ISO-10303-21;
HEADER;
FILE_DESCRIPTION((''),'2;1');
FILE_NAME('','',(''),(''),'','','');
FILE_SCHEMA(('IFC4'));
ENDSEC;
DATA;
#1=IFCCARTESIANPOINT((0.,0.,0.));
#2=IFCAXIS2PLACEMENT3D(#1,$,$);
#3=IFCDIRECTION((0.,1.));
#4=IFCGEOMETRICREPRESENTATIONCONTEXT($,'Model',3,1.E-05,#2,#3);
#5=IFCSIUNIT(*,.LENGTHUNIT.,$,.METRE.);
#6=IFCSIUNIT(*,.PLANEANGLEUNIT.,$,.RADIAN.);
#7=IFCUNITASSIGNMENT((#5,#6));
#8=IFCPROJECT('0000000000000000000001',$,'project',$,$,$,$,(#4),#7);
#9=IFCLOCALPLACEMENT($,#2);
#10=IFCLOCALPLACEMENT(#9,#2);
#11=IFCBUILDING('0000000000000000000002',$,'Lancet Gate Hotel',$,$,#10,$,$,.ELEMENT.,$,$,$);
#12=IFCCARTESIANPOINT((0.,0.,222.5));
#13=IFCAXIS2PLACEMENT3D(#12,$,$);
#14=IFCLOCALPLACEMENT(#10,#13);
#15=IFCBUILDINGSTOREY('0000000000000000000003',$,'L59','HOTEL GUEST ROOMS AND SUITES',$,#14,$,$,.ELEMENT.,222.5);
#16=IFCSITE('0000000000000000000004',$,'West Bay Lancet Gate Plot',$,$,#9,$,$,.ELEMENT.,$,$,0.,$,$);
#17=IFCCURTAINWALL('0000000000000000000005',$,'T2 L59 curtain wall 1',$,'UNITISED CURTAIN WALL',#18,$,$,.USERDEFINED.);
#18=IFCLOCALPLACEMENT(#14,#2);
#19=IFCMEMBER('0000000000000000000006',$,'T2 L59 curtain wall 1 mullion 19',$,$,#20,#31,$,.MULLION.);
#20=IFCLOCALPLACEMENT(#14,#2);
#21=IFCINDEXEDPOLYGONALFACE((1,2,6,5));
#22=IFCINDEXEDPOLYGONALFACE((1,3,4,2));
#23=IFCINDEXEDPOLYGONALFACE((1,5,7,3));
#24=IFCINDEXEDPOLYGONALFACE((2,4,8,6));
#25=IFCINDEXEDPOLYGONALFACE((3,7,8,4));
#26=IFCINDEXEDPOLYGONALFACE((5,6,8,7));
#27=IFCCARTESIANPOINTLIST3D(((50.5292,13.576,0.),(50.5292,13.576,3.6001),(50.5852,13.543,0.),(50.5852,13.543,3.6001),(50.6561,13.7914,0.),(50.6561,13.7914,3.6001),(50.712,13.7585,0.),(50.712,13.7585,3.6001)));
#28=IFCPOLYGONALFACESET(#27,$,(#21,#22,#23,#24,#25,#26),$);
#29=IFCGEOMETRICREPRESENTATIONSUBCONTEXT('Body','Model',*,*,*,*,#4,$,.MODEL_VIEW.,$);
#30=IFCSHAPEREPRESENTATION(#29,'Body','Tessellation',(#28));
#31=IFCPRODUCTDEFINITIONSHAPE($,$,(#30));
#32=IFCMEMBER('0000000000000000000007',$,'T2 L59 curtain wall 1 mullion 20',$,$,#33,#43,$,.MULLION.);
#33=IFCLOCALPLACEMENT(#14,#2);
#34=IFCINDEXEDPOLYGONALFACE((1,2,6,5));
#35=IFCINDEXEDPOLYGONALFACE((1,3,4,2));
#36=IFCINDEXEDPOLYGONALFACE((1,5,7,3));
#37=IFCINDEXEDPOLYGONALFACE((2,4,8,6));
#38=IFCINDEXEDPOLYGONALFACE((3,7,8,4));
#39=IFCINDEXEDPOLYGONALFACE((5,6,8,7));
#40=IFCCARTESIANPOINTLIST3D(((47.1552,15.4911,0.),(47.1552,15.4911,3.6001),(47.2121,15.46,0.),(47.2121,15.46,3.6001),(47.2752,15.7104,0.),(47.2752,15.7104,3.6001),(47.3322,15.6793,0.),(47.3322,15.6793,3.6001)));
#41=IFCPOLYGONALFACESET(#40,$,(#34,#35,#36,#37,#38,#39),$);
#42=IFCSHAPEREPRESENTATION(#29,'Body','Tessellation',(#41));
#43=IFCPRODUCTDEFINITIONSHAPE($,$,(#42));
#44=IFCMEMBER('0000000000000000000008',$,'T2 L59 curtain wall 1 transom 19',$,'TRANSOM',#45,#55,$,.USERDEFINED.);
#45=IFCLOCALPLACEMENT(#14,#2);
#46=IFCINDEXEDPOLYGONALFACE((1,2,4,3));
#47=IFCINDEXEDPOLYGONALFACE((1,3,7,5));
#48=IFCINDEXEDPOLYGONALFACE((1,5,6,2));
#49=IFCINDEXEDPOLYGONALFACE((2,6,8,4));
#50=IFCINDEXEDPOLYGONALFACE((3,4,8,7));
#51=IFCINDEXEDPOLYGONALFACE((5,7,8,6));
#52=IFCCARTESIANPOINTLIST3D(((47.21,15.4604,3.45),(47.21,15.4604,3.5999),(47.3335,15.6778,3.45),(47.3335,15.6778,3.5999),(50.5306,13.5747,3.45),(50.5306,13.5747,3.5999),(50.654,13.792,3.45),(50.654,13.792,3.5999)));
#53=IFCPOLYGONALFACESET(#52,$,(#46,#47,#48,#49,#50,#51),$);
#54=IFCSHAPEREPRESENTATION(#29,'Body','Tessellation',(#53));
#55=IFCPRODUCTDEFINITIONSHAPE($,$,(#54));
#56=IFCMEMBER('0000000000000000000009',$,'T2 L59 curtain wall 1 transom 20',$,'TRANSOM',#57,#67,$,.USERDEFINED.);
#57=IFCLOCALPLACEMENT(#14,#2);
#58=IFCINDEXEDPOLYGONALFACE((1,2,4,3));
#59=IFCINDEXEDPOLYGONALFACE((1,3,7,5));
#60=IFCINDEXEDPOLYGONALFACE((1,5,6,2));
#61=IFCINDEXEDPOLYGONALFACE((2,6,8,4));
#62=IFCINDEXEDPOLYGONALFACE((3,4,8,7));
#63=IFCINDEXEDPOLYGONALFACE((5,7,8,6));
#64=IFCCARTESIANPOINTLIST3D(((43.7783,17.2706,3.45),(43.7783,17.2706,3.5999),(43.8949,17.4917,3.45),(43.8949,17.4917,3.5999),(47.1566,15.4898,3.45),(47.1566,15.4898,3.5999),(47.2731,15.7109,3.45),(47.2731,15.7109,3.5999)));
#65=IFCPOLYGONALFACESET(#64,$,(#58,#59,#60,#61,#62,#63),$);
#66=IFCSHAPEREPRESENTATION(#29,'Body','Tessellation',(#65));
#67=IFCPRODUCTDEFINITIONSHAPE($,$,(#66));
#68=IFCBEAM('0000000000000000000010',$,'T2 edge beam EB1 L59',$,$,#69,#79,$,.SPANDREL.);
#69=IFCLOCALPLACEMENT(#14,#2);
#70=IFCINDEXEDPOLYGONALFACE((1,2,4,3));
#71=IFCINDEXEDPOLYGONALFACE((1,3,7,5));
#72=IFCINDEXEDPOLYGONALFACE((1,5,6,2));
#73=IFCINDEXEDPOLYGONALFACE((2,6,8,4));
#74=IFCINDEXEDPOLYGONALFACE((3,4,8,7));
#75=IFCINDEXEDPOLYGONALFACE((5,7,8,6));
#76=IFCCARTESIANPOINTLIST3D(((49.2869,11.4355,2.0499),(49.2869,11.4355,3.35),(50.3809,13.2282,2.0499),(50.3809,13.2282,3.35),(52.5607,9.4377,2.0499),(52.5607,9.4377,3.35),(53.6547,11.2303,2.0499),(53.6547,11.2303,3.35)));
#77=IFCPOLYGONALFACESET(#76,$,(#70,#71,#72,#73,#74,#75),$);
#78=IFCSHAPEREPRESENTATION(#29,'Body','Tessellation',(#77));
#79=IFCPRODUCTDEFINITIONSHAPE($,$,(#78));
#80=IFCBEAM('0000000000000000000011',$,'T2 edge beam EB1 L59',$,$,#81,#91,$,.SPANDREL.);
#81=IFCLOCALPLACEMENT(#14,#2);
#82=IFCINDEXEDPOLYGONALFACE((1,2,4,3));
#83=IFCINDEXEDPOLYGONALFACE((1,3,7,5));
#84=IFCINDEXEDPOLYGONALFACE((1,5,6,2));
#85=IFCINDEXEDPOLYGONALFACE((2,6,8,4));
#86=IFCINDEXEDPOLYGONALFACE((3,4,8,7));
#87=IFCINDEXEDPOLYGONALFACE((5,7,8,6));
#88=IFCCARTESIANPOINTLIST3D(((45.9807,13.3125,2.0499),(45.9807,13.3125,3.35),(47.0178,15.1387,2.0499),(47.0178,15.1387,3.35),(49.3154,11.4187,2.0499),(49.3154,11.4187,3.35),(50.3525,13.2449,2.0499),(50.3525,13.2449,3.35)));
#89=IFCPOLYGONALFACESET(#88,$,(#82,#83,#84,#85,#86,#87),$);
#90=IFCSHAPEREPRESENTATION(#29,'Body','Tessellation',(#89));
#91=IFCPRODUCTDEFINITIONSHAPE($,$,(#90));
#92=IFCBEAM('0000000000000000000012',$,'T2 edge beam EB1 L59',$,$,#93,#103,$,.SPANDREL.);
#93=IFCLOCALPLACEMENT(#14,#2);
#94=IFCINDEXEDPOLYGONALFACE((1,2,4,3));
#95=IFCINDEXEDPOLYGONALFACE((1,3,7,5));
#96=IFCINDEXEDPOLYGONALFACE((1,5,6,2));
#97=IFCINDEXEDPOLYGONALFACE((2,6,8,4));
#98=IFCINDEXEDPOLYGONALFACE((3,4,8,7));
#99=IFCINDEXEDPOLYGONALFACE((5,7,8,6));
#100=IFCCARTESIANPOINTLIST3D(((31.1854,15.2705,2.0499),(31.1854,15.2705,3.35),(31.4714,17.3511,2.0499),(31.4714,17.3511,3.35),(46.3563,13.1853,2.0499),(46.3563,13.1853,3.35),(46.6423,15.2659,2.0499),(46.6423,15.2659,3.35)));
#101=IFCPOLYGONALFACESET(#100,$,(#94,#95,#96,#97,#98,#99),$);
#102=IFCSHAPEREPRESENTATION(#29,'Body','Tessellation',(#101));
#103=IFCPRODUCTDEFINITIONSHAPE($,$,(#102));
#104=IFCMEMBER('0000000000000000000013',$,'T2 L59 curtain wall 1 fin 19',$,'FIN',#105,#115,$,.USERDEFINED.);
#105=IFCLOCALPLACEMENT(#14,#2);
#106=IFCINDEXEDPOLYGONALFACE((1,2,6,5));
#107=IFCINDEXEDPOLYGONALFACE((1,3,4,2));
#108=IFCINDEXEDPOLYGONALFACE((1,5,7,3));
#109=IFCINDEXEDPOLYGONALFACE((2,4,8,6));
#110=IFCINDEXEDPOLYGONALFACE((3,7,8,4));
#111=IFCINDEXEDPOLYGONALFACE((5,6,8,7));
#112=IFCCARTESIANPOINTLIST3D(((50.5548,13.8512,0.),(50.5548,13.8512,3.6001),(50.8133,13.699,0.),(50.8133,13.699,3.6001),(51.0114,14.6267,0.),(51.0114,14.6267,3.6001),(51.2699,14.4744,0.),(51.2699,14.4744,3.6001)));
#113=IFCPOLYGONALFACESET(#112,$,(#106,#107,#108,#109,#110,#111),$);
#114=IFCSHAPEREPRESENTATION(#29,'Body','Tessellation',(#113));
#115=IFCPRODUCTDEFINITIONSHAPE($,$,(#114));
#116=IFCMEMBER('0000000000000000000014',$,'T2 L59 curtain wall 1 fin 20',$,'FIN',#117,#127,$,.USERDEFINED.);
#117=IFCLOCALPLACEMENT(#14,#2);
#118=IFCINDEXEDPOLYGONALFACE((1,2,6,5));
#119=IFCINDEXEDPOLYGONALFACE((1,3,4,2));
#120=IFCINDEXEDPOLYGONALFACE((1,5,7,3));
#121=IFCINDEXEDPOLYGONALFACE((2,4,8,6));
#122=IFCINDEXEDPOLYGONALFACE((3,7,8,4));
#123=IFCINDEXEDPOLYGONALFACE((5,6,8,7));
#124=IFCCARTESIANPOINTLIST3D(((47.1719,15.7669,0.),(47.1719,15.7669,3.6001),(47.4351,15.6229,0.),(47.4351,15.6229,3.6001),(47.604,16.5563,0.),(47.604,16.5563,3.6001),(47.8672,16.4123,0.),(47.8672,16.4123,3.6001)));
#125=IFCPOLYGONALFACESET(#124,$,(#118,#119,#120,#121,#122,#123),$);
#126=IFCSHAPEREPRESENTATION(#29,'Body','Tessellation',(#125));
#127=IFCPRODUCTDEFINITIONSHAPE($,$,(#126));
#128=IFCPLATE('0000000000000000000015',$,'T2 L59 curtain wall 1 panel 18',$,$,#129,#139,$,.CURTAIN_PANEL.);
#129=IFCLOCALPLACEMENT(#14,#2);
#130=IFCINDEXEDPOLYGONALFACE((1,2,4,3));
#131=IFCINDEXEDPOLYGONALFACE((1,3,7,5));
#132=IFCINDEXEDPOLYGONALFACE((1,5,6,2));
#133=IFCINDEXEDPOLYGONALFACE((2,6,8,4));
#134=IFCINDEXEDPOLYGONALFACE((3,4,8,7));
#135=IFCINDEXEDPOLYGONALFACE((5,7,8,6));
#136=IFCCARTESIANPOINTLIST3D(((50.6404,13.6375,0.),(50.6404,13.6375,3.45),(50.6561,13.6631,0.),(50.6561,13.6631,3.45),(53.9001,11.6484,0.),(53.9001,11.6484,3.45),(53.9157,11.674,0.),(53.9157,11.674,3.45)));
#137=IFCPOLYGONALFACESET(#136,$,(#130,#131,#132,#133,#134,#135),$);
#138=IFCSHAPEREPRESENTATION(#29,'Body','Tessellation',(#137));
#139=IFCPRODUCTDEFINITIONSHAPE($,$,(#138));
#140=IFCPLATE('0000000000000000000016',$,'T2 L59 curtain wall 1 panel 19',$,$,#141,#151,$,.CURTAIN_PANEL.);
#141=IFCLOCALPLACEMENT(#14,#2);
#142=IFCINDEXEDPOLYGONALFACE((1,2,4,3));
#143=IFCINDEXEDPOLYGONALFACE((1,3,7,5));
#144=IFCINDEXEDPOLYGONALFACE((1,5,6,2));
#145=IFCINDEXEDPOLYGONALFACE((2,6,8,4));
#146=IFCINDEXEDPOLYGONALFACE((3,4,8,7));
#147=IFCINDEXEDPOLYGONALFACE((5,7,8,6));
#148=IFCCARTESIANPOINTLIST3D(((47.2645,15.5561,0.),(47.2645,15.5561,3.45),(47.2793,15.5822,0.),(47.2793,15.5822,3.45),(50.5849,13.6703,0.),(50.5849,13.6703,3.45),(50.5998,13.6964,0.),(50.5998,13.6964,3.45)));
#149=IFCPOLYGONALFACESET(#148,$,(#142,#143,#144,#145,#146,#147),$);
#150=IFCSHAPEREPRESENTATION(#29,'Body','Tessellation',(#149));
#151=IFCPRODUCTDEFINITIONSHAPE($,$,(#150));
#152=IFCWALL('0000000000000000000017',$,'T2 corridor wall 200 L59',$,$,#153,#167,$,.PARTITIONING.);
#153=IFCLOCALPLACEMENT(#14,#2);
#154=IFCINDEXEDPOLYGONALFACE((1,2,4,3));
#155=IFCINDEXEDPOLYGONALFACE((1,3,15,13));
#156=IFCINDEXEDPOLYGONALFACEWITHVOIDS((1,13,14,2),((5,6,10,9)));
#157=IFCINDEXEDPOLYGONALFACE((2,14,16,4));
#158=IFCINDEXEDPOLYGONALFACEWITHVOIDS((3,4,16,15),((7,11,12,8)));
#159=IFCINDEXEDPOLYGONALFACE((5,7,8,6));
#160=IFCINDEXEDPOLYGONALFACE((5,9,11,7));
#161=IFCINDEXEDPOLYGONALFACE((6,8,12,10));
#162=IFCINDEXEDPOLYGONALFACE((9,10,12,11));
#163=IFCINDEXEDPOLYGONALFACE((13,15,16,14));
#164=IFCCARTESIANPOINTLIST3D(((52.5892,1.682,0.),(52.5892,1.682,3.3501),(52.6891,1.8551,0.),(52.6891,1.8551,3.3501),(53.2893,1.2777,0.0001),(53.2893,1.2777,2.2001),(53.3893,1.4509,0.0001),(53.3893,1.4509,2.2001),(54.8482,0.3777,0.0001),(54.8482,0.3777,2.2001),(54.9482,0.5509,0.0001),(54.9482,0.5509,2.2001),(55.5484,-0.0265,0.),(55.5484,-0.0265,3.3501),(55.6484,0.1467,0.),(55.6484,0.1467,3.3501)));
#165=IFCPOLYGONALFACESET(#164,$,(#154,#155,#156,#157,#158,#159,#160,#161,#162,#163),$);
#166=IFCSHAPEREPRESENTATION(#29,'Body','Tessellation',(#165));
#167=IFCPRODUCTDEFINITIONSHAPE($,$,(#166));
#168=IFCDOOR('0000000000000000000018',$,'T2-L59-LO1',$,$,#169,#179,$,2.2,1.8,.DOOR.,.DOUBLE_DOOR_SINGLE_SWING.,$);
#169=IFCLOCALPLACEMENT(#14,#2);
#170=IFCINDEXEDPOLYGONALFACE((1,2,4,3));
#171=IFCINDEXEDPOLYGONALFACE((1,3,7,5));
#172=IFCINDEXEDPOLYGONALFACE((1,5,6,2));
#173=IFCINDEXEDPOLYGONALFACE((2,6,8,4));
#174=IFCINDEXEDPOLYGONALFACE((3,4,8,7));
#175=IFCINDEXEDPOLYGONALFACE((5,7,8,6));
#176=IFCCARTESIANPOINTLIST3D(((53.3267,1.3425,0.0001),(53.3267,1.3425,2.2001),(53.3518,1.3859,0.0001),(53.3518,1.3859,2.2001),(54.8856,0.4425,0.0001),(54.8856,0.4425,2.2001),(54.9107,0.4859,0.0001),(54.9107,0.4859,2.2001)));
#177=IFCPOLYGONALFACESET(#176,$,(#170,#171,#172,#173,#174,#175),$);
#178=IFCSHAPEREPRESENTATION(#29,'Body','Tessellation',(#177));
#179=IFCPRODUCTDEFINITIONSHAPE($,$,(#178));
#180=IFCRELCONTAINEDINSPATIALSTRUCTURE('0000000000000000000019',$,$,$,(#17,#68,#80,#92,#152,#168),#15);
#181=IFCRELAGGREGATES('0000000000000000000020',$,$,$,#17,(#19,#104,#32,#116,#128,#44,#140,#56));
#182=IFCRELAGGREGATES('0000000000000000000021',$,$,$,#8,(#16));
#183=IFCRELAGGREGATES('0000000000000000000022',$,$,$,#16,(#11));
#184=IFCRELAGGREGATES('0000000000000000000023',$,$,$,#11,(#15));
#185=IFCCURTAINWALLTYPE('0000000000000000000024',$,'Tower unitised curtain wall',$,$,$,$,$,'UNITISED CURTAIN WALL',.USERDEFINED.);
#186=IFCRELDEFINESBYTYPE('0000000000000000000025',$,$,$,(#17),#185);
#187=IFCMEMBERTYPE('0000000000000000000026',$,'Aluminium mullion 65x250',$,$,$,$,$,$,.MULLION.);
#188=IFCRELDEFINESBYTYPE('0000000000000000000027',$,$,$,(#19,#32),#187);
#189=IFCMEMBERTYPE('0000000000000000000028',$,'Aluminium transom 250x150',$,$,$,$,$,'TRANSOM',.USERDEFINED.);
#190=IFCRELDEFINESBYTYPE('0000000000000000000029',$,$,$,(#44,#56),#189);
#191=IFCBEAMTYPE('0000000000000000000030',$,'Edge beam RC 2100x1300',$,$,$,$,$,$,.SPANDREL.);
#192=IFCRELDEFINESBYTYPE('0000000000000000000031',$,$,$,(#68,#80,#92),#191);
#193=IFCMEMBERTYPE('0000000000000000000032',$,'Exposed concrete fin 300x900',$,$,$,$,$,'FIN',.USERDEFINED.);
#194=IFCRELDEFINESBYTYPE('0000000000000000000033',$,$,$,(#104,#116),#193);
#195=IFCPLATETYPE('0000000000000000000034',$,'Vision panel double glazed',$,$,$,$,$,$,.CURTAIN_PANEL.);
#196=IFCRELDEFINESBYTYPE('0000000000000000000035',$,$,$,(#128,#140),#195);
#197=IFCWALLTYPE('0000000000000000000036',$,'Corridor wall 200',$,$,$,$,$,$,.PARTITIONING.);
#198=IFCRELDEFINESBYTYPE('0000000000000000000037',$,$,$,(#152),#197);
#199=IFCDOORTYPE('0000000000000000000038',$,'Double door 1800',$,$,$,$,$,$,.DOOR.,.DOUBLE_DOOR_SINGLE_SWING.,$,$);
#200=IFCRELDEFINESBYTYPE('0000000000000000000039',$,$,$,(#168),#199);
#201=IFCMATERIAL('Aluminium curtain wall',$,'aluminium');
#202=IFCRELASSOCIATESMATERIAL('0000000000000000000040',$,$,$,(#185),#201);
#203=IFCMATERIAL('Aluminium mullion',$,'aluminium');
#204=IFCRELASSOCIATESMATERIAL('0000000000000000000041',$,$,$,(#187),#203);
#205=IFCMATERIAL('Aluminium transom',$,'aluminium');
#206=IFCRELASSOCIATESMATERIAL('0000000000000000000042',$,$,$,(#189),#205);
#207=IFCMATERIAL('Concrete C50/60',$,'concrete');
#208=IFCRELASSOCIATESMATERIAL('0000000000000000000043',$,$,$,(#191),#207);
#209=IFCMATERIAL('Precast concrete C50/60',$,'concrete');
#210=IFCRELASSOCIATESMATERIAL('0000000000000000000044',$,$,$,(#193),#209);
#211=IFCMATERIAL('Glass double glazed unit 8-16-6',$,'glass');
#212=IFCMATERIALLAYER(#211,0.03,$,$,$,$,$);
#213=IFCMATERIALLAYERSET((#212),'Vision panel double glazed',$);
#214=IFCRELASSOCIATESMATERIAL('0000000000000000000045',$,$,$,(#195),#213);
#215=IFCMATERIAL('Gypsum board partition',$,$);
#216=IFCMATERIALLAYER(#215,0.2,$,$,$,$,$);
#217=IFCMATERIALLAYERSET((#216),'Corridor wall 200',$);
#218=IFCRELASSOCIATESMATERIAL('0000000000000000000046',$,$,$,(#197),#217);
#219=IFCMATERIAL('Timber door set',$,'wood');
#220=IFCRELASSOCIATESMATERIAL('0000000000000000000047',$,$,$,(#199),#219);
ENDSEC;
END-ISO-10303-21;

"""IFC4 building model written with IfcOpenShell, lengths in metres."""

from ifc_helpers import new_model, si_unit, direction, frame, frame_2d, origin, origin_2d, place, context, subcontext, project, spatial, rectangle, extrude, material, layer, layer_set, material_profile, profile_set, type_object, element, fill, aggregate, save


model = new_model("IFC4")

# Units and contexts
model_context = context("Model", 3, precision=1e-05, world=origin(), true_north=direction((0.0, 1.0)))
body_context = subcontext(model_context, "Body", "Model", "MODEL_VIEW")
ifc_project = project(units=[si_unit("LENGTHUNIT", "METRE"), si_unit("PLANEANGLEUNIT", "RADIAN")], contexts=[model_context])

# Site, building, storey
site_placement = place(None, origin())
site = spatial("IfcSite", under=ifc_project, at=site_placement, Name="West Bay Lancet Gate Plot", CompositionType="ELEMENT", RefElevation=0.0)
building_placement = place(site_placement, origin())
building = spatial("IfcBuilding", under=site, at=building_placement, Name="Lancet Gate Hotel", CompositionType="ELEMENT")
storey_placement = place(building_placement, frame((0.0, 0.0, 222.5)))
storey = spatial("IfcBuildingStorey", under=building, at=storey_placement, Name="L59", Description="HOTEL GUEST ROOMS AND SUITES", CompositionType="ELEMENT", Elevation=222.5)

# Curtain wall, members
ifc_material_1 = material(Name="Aluminium curtain wall", Category="aluminium")
curtain_wall_type = type_object("IfcCurtainWallType", Name="Tower unitised curtain wall", ElementType="UNITISED CURTAIN WALL", PredefinedType="USERDEFINED", material=ifc_material_1)
curtain_wall_placement = place(storey_placement, origin())
curtain_wall = element("IfcCurtainWall", 1, at=curtain_wall_placement, inside=storey, type_object=curtain_wall_type, Name="T2 L59 curtain wall 1", ObjectType="UNITISED CURTAIN WALL", PredefinedType="USERDEFINED")
ifc_material_2 = material(Name="Aluminium mullion", Category="aluminium")
ifc_material_profile_1 = material_profile(ifc_material_2, rectangle(XDim=0.0649, YDim=0.25, at=origin_2d()), Name="MULLION 65x250")
ifc_profile_set_1 = profile_set([ifc_material_profile_1], Name="Aluminium mullion")
member_type_1 = type_object("IfcMemberType", Name="Aluminium mullion 65x250", PredefinedType="MULLION", material=ifc_profile_set_1)
member_1_placement = place(storey_placement, frame((50.6206, 13.6672, 0.0), z_axis=(0.0, 0.0, 1.0), x_axis=(-0.861692, 0.507432, 0.0)))
member_1 = element("IfcMember", 2, at=member_1_placement, type_object=member_type_1, Name="T2 L59 curtain wall 1 mullion 19", PredefinedType="MULLION", context=body_context, shape_type="SweptSolid", body=[
    extrude(rectangle(XDim=0.0649, YDim=0.25, at=origin_2d()), origin(), (0.0, 0.0, 1.0), 3.6001),
])
member_2_placement = place(storey_placement, frame((47.2437, 15.5852, 0.0), z_axis=(0.0, 0.0, 1.0), x_axis=(-0.877195, 0.480135, 0.0)))
member_2 = element("IfcMember", 3, at=member_2_placement, type_object=member_type_1, Name="T2 L59 curtain wall 1 mullion 20", PredefinedType="MULLION", context=body_context, shape_type="SweptSolid", body=[
    extrude(rectangle(XDim=0.0649, YDim=0.25, at=origin_2d()), origin(), (0.0, 0.0, 1.0), 3.6001),
])
ifc_material_3 = material(Name="Aluminium transom", Category="aluminium")
ifc_material_profile_2 = material_profile(ifc_material_3, rectangle(XDim=0.25, YDim=0.1499, at=origin_2d()), Name="TRANSOM 250x150")
ifc_profile_set_2 = profile_set([ifc_material_profile_2], Name="Aluminium transom")
member_type_2 = type_object("IfcMemberType", Name="Aluminium transom 250x150", ElementType="TRANSOM", PredefinedType="USERDEFINED", material=ifc_profile_set_2)
member_3_placement = place(storey_placement, frame((50.5923, 13.6833, 3.5249), z_axis=(-0.869562, 0.493824, 0.0), x_axis=(-0.493824, -0.869562, 0.0)))
member_3 = element("IfcMember", 4, at=member_3_placement, type_object=member_type_2, Name="T2 L59 curtain wall 1 transom 19", ObjectType="TRANSOM", PredefinedType="USERDEFINED", context=body_context, shape_type="SweptSolid", body=[
    extrude(rectangle(XDim=0.25, YDim=0.1499, at=origin_2d()), origin(), (0.0, 0.0, 1.0), 3.8186),
])
member_4_placement = place(storey_placement, frame((47.2148, 15.6003, 3.5249), z_axis=(-0.884618, 0.466315, 0.0), x_axis=(-0.466315, -0.884618, 0.0)))
member_4 = element("IfcMember", 5, at=member_4_placement, type_object=member_type_2, Name="T2 L59 curtain wall 1 transom 20", ObjectType="TRANSOM", PredefinedType="USERDEFINED", context=body_context, shape_type="SweptSolid", body=[
    extrude(rectangle(XDim=0.25, YDim=0.1499, at=origin_2d()), origin(), (0.0, 0.0, 1.0), 3.8188),
])

# Beams
ifc_material_4 = material(Name="Concrete C50/60", Category="concrete")
ifc_material_profile_3 = material_profile(ifc_material_4, rectangle(XDim=2.1001, YDim=1.3, at=origin_2d()), Name="RC 2100x1300")
ifc_profile_set_3 = profile_set([ifc_material_profile_3], Name="Concrete C50/60")
beam_type = type_object("IfcBeamType", Name="Edge beam RC 2100x1300", PredefinedType="SPANDREL", material=ifc_profile_set_3)
beam_1_placement = place(storey_placement, frame((53.1077, 10.334, 2.7), z_axis=(-0.853604, 0.520922, 0.0), x_axis=(-0.520922, -0.853604, 0.0)))
element("IfcBeam", 6, at=beam_1_placement, inside=storey, type_object=beam_type, Name="T2 edge beam EB1 L59", PredefinedType="SPANDREL", context=body_context, shape_type="SweptSolid", body=[
    extrude(rectangle(XDim=2.1001, YDim=1.3, at=origin_2d()), origin(), (0.0, 0.0, 1.0), 3.8352),
])
beam_2_placement = place(storey_placement, frame((49.834, 12.3318, 2.7), z_axis=(-0.86956, 0.493827, 0.0), x_axis=(-0.493827, -0.86956, 0.0)))
element("IfcBeam", 7, at=beam_2_placement, inside=storey, type_object=beam_type, Name="T2 edge beam EB1 L59", PredefinedType="SPANDREL", context=body_context, shape_type="SweptSolid", body=[
    extrude(rectangle(XDim=2.1001, YDim=1.3, at=origin_2d()), origin(), (0.0, 0.0, 1.0), 3.835),
])
beam_3_placement = place(storey_placement, frame((46.4993, 14.2256, 2.7), z_axis=(-0.990686, 0.136167, 0.0), x_axis=(-0.136167, -0.990686, 0.0)))
element("IfcBeam", 8, at=beam_3_placement, inside=storey, type_object=beam_type, Name="T2 edge beam EB1 L59", PredefinedType="SPANDREL", context=body_context, shape_type="SweptSolid", body=[
    extrude(rectangle(XDim=2.1001, YDim=1.3, at=origin_2d()), origin(), (0.0, 0.0, 1.0), 15.3135),
])

# Members
ifc_material_5 = material(Name="Precast concrete C50/60", Category="concrete")
ifc_material_profile_4 = material_profile(ifc_material_5, rectangle(XDim=0.3, YDim=0.8999, at=origin_2d()), Name="FIN 300x900")
ifc_profile_set_4 = profile_set([ifc_material_profile_4], Name="Precast concrete C50/60")
member_type_3 = type_object("IfcMemberType", Name="Exposed concrete fin 300x900", ElementType="FIN", PredefinedType="USERDEFINED", material=ifc_profile_set_4)
member_5_placement = place(storey_placement, frame((50.9124, 14.1628, 0.0), z_axis=(0.0, 0.0, 1.0), x_axis=(-0.861692, 0.507432, 0.0)))
member_5 = element("IfcMember", 9, at=member_5_placement, type_object=member_type_3, Name="T2 L59 curtain wall 1 fin 19", ObjectType="FIN", PredefinedType="USERDEFINED", context=body_context, shape_type="SweptSolid", body=[
    extrude(rectangle(XDim=0.3, YDim=0.8999, at=origin_2d()), origin(), (0.0, 0.0, 1.0), 3.6001),
])
member_6_placement = place(storey_placement, frame((47.5195, 16.0896, 0.0), z_axis=(0.0, 0.0, 1.0), x_axis=(-0.877195, 0.480135, 0.0)))
member_6 = element("IfcMember", 10, at=member_6_placement, type_object=member_type_3, Name="T2 L59 curtain wall 1 fin 20", ObjectType="FIN", PredefinedType="USERDEFINED", context=body_context, shape_type="SweptSolid", body=[
    extrude(rectangle(XDim=0.3, YDim=0.8999, at=origin_2d()), origin(), (0.0, 0.0, 1.0), 3.6001),
])

# Plates
ifc_material_6 = material(Name="Glass double glazed unit 8-16-6", Category="glass")
ifc_layer_1 = layer(ifc_material_6, 0.03)
ifc_layer_set_1 = layer_set([ifc_layer_1], Name="Vision panel double glazed")
plate_type = type_object("IfcPlateType", Name="Vision panel double glazed", PredefinedType="CURTAIN_PANEL", material=ifc_layer_set_1)
plate_1_placement = place(storey_placement, frame((52.2781, 12.6558, 0.0), z_axis=(0.0, 0.0, 1.0), x_axis=(-0.853621, 0.520895, 0.0)))
plate_1 = element("IfcPlate", 11, at=plate_1_placement, type_object=plate_type, Name="T2 L59 curtain wall 1 panel 18", PredefinedType="CURTAIN_PANEL", context=body_context, shape_type="SweptSolid", body=[
    extrude(rectangle(XDim=3.8186, YDim=0.03, at=origin_2d()), origin(), (0.0, 0.0, 1.0), 3.45),
])
plate_2_placement = place(storey_placement, frame((48.9321, 14.6262, 0.0), z_axis=(0.0, 0.0, 1.0), x_axis=(-0.86955, 0.493844, 0.0)))
plate_2 = element("IfcPlate", 12, at=plate_2_placement, type_object=plate_type, Name="T2 L59 curtain wall 1 panel 19", PredefinedType="CURTAIN_PANEL", context=body_context, shape_type="SweptSolid", body=[
    extrude(rectangle(XDim=3.8186, YDim=0.03, at=origin_2d()), origin(), (0.0, 0.0, 1.0), 3.45),
])
aggregate(curtain_wall, [member_1, member_5, member_2, member_6, plate_1, member_3, plate_2, member_4])

# Wall, opening, door
ifc_material_7 = material(Name="Gypsum board partition")
ifc_layer_2 = layer(ifc_material_7, 0.2)
ifc_layer_set_2 = layer_set([ifc_layer_2], Name="Corridor wall 200")
wall_type_1 = type_object("IfcWallType", Name="Corridor wall 200", PredefinedType="PARTITIONING", material=ifc_layer_set_2)
wall_1_placement = place(storey_placement, frame((52.6392, 1.7686, 0.0), z_axis=(0.0, 0.0, 1.0), x_axis=(0.866027, -0.499997, 0.0)))
wall_1 = element("IfcWall", 13, at=wall_1_placement, inside=storey, type_object=wall_type_1, Name="T2 corridor wall 200 L59", PredefinedType="PARTITIONING", context=body_context, shape_type="SweptSolid", body=[
    extrude(rectangle(XDim=3.417, YDim=0.2, at=frame_2d((1.7085, 0.0))), origin(), (0.0, 0.0, 1.0), 3.3501),
])
opening_1_placement = place(wall_1_placement, frame((0.8086, 0.0, 0.0)))
opening_1 = element("IfcOpeningElement", 14, at=opening_1_placement, cuts=wall_1, PredefinedType="OPENING", context=body_context, shape_type="SweptSolid", body=[
    extrude(rectangle(XDim=1.8, YDim=2.2, at=frame_2d((0.8999, 1.1001))), frame((0.0, 0.1099, 0.0), z_axis=(0.0, -1.0, 0.0), x_axis=(1.0, 0.0, 0.0)), (0.0, 0.0, 1.0), 0.22),
])
ifc_material_8 = material(Name="Timber door set", Category="wood")
door_type_1 = type_object("IfcDoorType", Name="Double door 1800", OperationType="DOUBLE_DOOR_SINGLE_SWING", PredefinedType="DOOR", material=ifc_material_8)
door_1_placement = place(opening_1_placement, origin())
door_1 = element("IfcDoor", 15, at=door_1_placement, inside=storey, type_object=door_type_1, Name="T2-L59-LO1", OperationType="DOUBLE_DOOR_SINGLE_SWING", OverallHeight=2.2, OverallWidth=1.8, PredefinedType="DOOR", context=body_context, shape_type="SweptSolid", body=[
    extrude(rectangle(XDim=1.8, YDim=2.2, at=frame_2d((0.8999, 1.1001))), frame((0.0, 0.0249, 0.0), z_axis=(0.0, -1.0, 0.0), x_axis=(1.0, 0.0, 0.0)), (0.0, 0.0, 1.0), 0.05),
])
fill(opening_1, door_1)

save(model, "model.ifc")
